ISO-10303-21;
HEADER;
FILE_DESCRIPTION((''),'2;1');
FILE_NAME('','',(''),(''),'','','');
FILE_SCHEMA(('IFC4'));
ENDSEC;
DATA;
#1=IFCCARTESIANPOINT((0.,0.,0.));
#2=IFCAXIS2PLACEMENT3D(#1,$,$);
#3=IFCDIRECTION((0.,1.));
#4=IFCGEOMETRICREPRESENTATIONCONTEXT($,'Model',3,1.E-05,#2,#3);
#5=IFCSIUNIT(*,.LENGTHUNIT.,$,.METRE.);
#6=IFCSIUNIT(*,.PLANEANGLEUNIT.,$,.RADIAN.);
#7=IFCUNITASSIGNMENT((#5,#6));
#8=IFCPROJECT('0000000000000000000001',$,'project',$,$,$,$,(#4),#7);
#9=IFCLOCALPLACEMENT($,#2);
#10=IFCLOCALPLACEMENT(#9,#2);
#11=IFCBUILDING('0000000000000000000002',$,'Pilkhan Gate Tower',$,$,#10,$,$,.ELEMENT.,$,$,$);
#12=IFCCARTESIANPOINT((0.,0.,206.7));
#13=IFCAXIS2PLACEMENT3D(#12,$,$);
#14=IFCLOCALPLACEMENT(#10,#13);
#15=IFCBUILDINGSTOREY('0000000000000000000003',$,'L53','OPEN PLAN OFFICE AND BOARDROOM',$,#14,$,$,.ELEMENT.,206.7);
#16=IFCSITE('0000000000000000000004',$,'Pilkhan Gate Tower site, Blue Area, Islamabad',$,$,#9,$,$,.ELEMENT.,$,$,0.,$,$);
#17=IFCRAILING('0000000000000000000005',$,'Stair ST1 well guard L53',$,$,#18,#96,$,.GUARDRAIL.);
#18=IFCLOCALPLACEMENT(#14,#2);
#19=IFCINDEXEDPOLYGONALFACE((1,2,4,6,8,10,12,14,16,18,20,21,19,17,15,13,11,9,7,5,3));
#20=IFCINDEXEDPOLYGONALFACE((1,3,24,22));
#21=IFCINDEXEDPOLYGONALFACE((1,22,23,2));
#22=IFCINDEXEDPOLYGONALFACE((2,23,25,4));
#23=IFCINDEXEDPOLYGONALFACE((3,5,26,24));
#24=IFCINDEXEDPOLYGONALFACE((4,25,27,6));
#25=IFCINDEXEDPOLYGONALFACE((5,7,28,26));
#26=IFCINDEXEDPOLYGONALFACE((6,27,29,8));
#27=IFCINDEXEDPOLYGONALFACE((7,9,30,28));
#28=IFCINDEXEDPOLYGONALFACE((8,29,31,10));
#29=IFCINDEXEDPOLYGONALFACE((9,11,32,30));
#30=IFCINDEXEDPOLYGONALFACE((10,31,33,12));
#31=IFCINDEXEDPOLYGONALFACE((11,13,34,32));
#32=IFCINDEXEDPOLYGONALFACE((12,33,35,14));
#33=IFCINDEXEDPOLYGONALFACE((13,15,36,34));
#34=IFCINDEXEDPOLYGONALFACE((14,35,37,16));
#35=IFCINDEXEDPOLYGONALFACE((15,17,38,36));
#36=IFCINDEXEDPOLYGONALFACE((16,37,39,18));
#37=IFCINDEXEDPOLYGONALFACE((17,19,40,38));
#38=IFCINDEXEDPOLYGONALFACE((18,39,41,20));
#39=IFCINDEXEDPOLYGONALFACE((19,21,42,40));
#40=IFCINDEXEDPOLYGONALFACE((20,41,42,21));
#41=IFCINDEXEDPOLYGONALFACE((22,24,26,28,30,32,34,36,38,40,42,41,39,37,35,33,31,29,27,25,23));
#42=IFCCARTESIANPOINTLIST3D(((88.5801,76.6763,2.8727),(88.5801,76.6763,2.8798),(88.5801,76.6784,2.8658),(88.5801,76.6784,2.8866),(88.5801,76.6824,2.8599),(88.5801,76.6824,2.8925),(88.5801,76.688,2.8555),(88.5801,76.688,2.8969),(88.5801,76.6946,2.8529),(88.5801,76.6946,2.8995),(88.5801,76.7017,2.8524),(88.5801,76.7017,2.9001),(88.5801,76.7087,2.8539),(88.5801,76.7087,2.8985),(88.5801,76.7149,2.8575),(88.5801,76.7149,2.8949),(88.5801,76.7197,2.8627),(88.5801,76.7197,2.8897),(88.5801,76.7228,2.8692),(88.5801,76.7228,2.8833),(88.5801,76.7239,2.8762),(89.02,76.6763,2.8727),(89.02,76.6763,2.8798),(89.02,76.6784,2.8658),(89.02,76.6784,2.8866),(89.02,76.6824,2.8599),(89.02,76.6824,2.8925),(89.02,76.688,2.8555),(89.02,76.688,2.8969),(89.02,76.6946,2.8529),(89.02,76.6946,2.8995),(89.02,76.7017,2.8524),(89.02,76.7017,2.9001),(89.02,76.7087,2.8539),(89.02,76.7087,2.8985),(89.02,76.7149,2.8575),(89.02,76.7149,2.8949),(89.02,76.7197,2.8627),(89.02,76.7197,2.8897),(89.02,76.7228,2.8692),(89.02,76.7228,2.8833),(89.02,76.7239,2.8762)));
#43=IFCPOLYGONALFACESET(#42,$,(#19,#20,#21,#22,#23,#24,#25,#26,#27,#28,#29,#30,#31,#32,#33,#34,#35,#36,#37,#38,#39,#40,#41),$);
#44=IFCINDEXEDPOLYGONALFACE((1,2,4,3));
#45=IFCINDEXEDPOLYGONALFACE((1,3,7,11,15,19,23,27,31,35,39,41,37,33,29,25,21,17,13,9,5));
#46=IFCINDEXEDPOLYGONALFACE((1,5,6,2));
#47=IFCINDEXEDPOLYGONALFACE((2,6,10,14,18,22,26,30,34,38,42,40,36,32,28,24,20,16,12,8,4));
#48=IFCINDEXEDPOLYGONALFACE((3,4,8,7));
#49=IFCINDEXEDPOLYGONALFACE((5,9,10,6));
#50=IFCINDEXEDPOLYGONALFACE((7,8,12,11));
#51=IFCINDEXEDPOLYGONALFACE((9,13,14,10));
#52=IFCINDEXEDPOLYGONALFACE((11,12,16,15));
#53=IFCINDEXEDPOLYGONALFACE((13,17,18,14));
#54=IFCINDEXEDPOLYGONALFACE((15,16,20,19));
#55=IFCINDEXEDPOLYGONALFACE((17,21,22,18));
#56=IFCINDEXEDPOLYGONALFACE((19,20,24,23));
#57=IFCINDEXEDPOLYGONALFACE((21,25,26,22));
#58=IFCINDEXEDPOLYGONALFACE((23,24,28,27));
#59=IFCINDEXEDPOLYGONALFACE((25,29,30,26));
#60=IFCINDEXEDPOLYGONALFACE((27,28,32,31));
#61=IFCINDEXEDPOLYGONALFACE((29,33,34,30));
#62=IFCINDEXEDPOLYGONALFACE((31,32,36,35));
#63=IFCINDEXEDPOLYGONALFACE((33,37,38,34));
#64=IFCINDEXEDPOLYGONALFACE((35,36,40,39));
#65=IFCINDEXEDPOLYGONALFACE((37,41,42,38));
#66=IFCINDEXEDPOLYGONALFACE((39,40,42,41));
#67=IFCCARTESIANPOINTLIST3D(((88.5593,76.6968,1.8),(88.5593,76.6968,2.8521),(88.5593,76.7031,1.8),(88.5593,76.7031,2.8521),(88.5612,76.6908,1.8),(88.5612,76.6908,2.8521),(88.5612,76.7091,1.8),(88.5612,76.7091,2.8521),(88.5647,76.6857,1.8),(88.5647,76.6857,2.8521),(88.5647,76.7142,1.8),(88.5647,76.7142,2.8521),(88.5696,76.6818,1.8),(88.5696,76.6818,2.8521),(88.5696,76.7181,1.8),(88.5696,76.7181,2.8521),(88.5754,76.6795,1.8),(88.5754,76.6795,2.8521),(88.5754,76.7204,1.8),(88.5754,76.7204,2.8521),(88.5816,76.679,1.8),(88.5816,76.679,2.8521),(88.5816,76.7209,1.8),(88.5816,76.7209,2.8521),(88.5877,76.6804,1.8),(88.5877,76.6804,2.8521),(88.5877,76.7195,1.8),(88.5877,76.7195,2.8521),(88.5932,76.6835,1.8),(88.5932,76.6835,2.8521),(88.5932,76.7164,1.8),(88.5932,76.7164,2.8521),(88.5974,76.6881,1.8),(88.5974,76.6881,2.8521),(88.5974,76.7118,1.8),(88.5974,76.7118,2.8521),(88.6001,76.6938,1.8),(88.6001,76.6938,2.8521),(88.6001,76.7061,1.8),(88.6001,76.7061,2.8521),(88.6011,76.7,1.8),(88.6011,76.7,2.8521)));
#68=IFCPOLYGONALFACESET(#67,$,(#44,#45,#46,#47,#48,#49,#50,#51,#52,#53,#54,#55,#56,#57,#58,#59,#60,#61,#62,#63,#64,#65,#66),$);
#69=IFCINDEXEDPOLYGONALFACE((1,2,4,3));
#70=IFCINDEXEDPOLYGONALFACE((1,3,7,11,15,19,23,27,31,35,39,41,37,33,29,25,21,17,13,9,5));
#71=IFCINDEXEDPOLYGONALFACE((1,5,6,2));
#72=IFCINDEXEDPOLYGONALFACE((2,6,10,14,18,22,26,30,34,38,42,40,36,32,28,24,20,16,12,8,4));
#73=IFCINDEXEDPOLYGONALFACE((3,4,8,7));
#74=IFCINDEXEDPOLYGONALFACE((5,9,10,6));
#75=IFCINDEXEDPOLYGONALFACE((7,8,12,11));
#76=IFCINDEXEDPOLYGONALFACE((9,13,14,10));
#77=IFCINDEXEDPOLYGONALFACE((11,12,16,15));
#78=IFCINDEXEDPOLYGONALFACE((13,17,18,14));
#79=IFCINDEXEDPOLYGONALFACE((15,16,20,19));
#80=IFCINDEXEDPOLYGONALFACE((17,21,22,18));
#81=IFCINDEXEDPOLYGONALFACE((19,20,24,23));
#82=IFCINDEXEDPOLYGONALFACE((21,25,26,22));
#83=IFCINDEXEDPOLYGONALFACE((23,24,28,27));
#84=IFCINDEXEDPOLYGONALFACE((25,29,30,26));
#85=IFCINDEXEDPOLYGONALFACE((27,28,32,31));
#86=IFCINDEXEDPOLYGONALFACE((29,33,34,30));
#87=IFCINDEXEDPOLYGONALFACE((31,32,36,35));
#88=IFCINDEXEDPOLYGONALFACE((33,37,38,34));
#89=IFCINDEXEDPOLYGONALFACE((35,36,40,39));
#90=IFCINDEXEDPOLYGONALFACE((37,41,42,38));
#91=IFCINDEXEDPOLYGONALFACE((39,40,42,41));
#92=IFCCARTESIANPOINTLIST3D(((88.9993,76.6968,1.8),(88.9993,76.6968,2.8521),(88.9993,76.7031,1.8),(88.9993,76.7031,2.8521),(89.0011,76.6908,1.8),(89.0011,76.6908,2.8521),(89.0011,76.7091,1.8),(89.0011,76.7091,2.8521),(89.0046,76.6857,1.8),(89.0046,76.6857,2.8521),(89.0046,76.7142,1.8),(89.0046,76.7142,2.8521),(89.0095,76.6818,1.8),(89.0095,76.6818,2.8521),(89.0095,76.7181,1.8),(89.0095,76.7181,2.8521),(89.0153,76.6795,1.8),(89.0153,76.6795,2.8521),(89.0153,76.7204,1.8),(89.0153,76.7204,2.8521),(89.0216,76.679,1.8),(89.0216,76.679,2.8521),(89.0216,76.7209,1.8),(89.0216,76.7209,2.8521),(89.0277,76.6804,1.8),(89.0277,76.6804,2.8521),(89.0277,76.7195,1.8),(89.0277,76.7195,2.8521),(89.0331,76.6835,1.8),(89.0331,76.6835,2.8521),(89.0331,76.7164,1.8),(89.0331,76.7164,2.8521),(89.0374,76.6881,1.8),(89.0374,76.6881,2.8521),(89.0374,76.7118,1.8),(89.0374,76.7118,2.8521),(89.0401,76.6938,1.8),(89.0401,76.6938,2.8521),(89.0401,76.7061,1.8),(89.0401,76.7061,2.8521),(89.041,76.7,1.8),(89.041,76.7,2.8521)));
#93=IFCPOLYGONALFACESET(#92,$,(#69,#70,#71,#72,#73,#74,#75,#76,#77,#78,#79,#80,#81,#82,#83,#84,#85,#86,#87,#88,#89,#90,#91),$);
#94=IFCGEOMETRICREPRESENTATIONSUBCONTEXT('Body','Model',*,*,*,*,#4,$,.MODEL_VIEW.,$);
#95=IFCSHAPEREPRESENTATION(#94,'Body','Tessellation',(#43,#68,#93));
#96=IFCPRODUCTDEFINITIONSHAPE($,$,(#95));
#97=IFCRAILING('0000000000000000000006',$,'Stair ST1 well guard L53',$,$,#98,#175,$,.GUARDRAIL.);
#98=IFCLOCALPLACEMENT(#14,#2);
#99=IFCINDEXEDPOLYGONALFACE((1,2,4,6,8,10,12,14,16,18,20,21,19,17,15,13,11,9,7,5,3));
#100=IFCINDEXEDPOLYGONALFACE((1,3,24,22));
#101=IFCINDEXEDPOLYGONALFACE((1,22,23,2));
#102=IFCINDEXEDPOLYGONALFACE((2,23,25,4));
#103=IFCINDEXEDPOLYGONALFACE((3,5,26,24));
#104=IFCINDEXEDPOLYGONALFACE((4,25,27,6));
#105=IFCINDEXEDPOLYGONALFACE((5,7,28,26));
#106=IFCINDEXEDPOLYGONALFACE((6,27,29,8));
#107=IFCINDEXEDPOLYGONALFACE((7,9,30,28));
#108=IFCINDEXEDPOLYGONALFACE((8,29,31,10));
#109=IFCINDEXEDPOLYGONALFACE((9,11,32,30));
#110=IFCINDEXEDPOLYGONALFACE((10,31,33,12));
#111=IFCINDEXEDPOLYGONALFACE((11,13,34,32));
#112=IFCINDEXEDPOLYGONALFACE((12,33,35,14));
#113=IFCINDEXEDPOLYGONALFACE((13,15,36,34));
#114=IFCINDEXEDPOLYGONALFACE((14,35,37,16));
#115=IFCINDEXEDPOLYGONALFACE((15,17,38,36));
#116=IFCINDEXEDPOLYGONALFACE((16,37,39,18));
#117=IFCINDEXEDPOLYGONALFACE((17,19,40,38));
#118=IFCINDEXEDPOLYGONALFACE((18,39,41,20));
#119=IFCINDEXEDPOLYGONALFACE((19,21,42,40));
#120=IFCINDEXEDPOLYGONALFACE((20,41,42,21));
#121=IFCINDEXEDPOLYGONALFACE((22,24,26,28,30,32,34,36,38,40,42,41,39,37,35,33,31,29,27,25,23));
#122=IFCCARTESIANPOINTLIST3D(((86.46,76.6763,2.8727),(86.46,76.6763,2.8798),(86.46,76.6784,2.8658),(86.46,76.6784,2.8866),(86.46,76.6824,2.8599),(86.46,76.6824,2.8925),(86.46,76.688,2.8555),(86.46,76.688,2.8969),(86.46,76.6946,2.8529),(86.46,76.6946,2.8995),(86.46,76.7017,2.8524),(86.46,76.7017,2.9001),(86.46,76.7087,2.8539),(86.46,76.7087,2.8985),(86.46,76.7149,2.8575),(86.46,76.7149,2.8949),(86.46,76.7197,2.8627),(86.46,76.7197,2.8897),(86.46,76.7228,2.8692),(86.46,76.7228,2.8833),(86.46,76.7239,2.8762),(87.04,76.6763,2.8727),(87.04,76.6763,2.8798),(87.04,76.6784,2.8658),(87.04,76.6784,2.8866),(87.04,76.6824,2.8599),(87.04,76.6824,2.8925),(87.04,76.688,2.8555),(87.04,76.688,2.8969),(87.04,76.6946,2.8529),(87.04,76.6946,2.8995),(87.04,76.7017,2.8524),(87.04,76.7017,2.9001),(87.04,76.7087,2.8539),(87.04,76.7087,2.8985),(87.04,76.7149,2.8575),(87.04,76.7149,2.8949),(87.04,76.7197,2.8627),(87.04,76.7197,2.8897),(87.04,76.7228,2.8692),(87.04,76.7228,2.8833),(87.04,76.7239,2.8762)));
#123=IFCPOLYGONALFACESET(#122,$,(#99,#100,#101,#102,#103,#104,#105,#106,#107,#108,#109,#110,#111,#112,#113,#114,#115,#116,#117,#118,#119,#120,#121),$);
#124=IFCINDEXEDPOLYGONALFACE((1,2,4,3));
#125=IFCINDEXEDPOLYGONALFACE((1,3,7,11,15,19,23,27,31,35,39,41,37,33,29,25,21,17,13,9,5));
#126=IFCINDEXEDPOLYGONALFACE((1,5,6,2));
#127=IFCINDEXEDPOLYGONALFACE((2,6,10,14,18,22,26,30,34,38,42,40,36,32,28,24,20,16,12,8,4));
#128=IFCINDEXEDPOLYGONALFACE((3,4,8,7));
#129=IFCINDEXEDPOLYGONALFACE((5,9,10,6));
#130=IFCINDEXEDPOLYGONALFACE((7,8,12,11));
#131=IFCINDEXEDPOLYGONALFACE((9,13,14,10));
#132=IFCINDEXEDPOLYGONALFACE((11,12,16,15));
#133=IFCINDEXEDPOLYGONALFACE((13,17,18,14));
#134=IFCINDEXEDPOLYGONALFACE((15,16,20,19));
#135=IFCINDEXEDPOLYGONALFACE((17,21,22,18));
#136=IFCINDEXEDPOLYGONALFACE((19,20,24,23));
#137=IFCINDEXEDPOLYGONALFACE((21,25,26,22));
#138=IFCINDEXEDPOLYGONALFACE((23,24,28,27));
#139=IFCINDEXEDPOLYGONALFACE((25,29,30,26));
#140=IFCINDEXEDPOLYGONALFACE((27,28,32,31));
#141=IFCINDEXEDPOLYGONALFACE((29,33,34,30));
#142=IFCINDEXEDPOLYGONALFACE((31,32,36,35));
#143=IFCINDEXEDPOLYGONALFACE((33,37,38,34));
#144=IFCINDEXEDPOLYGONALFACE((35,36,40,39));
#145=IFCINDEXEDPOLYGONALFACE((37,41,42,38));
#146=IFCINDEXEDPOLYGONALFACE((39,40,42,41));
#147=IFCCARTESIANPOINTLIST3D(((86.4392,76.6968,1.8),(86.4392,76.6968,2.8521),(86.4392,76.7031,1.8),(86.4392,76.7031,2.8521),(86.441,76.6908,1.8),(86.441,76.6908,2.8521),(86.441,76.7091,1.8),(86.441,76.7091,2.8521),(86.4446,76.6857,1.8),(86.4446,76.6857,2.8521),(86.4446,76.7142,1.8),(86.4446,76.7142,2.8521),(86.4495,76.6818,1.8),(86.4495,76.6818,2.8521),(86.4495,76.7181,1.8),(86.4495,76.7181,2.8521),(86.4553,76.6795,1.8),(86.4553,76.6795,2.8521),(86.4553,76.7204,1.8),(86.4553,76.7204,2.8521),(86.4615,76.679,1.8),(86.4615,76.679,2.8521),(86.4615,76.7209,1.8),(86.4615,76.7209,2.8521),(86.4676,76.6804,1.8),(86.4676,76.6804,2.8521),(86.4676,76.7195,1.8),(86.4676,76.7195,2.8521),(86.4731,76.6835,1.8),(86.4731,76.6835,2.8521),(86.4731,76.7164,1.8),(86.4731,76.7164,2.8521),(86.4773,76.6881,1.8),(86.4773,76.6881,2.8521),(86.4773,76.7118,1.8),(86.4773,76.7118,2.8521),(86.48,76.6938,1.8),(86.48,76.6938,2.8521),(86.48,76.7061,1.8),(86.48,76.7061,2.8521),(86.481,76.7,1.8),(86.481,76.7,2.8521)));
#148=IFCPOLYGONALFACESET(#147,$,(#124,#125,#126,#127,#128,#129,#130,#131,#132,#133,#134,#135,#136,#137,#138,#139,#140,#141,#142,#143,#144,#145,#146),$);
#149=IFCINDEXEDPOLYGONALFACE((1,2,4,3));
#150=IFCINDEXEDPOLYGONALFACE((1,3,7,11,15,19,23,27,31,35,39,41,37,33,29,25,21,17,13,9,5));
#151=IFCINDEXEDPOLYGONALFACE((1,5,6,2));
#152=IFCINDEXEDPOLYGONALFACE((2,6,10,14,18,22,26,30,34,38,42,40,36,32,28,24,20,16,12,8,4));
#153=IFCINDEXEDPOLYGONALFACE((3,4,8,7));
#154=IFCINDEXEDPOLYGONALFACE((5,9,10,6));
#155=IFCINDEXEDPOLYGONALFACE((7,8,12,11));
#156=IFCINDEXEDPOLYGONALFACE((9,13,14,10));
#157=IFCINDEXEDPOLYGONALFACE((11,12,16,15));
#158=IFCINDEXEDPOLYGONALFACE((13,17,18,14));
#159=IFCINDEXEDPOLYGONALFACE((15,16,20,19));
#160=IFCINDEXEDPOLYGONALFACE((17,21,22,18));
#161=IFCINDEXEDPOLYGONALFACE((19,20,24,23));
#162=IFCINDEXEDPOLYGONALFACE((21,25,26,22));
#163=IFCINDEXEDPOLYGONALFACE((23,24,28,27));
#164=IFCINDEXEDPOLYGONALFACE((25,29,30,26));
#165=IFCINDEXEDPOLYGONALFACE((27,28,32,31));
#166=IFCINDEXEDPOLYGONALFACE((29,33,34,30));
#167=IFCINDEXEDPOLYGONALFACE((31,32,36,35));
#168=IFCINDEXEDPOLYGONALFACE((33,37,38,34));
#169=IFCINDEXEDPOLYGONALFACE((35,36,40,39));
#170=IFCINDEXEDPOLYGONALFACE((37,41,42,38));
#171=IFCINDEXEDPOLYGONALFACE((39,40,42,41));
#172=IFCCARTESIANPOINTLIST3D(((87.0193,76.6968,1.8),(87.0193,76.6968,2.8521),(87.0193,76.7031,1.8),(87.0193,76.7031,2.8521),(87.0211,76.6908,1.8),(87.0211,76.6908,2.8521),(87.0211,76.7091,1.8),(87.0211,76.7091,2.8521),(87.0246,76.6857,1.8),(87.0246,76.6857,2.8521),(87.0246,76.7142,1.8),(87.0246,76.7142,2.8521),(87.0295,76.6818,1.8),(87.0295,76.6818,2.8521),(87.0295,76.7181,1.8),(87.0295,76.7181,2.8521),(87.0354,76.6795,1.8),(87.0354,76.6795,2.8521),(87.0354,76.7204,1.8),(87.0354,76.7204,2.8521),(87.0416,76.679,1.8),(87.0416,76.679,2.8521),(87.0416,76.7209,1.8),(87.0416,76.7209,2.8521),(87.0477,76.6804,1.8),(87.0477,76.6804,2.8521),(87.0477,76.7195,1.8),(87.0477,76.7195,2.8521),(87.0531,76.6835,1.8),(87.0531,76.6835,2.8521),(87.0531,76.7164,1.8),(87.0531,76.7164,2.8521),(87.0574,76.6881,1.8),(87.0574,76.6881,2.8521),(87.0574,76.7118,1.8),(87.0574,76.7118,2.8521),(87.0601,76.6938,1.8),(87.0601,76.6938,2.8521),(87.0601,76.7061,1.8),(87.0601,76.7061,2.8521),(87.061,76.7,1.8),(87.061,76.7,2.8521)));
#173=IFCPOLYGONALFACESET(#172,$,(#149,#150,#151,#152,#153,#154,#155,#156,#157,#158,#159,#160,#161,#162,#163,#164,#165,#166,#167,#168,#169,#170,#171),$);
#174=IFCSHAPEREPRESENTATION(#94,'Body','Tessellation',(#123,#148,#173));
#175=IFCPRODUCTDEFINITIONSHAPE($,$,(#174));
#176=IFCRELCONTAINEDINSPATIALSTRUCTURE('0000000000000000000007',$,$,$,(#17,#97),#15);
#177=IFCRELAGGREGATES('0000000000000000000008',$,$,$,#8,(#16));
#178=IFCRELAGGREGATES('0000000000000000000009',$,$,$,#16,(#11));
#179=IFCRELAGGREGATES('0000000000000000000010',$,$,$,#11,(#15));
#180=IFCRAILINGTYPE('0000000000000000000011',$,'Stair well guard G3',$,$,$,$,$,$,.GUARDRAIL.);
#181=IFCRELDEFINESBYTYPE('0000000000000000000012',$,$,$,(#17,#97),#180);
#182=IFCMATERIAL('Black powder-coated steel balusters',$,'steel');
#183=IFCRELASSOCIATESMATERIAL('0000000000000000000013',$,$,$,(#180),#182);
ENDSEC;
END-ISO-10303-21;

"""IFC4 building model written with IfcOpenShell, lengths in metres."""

from ifc_helpers import new_model, si_unit, direction, frame, origin, origin_2d, place, context, subcontext, project, spatial, circle, extrude, material, type_object, element, save


model = new_model("IFC4")

# Units and contexts
model_context = context("Model", 3, precision=1e-05, world=origin(), true_north=direction((0.0, 1.0)))
body_context = subcontext(model_context, "Body", "Model", "MODEL_VIEW")
ifc_project = project(units=[si_unit("LENGTHUNIT", "METRE"), si_unit("PLANEANGLEUNIT", "RADIAN")], contexts=[model_context])

# Site, building, storey
site_placement = place(None, origin())
site = spatial("IfcSite", under=ifc_project, at=site_placement, Name="Pilkhan Gate Tower site, Blue Area, Islamabad", CompositionType="ELEMENT", RefElevation=0.0)
building_placement = place(site_placement, origin())
building = spatial("IfcBuilding", under=site, at=building_placement, Name="Pilkhan Gate Tower", CompositionType="ELEMENT")
storey_placement = place(building_placement, frame((0.0, 0.0, 206.7)))
storey = spatial("IfcBuildingStorey", under=building, at=storey_placement, Name="L53", Description="OPEN PLAN OFFICE AND BOARDROOM", CompositionType="ELEMENT", Elevation=206.7)

# Railings
ifc_material_1 = material(Name="Black powder-coated steel balusters", Category="steel")
railing_type_1 = type_object("IfcRailingType", Name="Stair well guard G3", PredefinedType="GUARDRAIL", material=ifc_material_1)
railing_1_placement = place(storey_placement, frame((88.5801, 76.7, 1.8)))
element("IfcRailing", 1, at=railing_1_placement, inside=storey, type_object=railing_type_1, Name="Stair ST1 well guard L53", PredefinedType="GUARDRAIL", context=body_context, shape_type="SweptSolid", body=[
    extrude(circle(Radius=0.0239, at=origin_2d()), frame((0.0, 0.0, 1.0762), z_axis=(1.0, 0.0, 0.0), x_axis=(0.0, 1.0, 0.0)), (0.0, 0.0, 1.0), 0.4399),
    extrude(circle(Radius=0.021, at=origin_2d()), origin(), (0.0, 0.0, 1.0), 1.052),
    extrude(circle(Radius=0.021, at=origin_2d()), frame((0.4399, 0.0, 0.0)), (0.0, 0.0, 1.0), 1.052),
])
railing_2_placement = place(storey_placement, frame((86.46, 76.7, 1.8)))
element("IfcRailing", 2, at=railing_2_placement, inside=storey, type_object=railing_type_1, Name="Stair ST1 well guard L53", PredefinedType="GUARDRAIL", context=body_context, shape_type="SweptSolid", body=[
    extrude(circle(Radius=0.0239, at=origin_2d()), frame((0.0, 0.0, 1.0762), z_axis=(1.0, 0.0, 0.0), x_axis=(0.0, 1.0, 0.0)), (0.0, 0.0, 1.0), 0.5801),
    extrude(circle(Radius=0.021, at=origin_2d()), origin(), (0.0, 0.0, 1.0), 1.052),
    extrude(circle(Radius=0.021, at=origin_2d()), frame((0.5801, 0.0, 0.0)), (0.0, 0.0, 1.0), 1.052),
])

save(model, "model.ifc")
